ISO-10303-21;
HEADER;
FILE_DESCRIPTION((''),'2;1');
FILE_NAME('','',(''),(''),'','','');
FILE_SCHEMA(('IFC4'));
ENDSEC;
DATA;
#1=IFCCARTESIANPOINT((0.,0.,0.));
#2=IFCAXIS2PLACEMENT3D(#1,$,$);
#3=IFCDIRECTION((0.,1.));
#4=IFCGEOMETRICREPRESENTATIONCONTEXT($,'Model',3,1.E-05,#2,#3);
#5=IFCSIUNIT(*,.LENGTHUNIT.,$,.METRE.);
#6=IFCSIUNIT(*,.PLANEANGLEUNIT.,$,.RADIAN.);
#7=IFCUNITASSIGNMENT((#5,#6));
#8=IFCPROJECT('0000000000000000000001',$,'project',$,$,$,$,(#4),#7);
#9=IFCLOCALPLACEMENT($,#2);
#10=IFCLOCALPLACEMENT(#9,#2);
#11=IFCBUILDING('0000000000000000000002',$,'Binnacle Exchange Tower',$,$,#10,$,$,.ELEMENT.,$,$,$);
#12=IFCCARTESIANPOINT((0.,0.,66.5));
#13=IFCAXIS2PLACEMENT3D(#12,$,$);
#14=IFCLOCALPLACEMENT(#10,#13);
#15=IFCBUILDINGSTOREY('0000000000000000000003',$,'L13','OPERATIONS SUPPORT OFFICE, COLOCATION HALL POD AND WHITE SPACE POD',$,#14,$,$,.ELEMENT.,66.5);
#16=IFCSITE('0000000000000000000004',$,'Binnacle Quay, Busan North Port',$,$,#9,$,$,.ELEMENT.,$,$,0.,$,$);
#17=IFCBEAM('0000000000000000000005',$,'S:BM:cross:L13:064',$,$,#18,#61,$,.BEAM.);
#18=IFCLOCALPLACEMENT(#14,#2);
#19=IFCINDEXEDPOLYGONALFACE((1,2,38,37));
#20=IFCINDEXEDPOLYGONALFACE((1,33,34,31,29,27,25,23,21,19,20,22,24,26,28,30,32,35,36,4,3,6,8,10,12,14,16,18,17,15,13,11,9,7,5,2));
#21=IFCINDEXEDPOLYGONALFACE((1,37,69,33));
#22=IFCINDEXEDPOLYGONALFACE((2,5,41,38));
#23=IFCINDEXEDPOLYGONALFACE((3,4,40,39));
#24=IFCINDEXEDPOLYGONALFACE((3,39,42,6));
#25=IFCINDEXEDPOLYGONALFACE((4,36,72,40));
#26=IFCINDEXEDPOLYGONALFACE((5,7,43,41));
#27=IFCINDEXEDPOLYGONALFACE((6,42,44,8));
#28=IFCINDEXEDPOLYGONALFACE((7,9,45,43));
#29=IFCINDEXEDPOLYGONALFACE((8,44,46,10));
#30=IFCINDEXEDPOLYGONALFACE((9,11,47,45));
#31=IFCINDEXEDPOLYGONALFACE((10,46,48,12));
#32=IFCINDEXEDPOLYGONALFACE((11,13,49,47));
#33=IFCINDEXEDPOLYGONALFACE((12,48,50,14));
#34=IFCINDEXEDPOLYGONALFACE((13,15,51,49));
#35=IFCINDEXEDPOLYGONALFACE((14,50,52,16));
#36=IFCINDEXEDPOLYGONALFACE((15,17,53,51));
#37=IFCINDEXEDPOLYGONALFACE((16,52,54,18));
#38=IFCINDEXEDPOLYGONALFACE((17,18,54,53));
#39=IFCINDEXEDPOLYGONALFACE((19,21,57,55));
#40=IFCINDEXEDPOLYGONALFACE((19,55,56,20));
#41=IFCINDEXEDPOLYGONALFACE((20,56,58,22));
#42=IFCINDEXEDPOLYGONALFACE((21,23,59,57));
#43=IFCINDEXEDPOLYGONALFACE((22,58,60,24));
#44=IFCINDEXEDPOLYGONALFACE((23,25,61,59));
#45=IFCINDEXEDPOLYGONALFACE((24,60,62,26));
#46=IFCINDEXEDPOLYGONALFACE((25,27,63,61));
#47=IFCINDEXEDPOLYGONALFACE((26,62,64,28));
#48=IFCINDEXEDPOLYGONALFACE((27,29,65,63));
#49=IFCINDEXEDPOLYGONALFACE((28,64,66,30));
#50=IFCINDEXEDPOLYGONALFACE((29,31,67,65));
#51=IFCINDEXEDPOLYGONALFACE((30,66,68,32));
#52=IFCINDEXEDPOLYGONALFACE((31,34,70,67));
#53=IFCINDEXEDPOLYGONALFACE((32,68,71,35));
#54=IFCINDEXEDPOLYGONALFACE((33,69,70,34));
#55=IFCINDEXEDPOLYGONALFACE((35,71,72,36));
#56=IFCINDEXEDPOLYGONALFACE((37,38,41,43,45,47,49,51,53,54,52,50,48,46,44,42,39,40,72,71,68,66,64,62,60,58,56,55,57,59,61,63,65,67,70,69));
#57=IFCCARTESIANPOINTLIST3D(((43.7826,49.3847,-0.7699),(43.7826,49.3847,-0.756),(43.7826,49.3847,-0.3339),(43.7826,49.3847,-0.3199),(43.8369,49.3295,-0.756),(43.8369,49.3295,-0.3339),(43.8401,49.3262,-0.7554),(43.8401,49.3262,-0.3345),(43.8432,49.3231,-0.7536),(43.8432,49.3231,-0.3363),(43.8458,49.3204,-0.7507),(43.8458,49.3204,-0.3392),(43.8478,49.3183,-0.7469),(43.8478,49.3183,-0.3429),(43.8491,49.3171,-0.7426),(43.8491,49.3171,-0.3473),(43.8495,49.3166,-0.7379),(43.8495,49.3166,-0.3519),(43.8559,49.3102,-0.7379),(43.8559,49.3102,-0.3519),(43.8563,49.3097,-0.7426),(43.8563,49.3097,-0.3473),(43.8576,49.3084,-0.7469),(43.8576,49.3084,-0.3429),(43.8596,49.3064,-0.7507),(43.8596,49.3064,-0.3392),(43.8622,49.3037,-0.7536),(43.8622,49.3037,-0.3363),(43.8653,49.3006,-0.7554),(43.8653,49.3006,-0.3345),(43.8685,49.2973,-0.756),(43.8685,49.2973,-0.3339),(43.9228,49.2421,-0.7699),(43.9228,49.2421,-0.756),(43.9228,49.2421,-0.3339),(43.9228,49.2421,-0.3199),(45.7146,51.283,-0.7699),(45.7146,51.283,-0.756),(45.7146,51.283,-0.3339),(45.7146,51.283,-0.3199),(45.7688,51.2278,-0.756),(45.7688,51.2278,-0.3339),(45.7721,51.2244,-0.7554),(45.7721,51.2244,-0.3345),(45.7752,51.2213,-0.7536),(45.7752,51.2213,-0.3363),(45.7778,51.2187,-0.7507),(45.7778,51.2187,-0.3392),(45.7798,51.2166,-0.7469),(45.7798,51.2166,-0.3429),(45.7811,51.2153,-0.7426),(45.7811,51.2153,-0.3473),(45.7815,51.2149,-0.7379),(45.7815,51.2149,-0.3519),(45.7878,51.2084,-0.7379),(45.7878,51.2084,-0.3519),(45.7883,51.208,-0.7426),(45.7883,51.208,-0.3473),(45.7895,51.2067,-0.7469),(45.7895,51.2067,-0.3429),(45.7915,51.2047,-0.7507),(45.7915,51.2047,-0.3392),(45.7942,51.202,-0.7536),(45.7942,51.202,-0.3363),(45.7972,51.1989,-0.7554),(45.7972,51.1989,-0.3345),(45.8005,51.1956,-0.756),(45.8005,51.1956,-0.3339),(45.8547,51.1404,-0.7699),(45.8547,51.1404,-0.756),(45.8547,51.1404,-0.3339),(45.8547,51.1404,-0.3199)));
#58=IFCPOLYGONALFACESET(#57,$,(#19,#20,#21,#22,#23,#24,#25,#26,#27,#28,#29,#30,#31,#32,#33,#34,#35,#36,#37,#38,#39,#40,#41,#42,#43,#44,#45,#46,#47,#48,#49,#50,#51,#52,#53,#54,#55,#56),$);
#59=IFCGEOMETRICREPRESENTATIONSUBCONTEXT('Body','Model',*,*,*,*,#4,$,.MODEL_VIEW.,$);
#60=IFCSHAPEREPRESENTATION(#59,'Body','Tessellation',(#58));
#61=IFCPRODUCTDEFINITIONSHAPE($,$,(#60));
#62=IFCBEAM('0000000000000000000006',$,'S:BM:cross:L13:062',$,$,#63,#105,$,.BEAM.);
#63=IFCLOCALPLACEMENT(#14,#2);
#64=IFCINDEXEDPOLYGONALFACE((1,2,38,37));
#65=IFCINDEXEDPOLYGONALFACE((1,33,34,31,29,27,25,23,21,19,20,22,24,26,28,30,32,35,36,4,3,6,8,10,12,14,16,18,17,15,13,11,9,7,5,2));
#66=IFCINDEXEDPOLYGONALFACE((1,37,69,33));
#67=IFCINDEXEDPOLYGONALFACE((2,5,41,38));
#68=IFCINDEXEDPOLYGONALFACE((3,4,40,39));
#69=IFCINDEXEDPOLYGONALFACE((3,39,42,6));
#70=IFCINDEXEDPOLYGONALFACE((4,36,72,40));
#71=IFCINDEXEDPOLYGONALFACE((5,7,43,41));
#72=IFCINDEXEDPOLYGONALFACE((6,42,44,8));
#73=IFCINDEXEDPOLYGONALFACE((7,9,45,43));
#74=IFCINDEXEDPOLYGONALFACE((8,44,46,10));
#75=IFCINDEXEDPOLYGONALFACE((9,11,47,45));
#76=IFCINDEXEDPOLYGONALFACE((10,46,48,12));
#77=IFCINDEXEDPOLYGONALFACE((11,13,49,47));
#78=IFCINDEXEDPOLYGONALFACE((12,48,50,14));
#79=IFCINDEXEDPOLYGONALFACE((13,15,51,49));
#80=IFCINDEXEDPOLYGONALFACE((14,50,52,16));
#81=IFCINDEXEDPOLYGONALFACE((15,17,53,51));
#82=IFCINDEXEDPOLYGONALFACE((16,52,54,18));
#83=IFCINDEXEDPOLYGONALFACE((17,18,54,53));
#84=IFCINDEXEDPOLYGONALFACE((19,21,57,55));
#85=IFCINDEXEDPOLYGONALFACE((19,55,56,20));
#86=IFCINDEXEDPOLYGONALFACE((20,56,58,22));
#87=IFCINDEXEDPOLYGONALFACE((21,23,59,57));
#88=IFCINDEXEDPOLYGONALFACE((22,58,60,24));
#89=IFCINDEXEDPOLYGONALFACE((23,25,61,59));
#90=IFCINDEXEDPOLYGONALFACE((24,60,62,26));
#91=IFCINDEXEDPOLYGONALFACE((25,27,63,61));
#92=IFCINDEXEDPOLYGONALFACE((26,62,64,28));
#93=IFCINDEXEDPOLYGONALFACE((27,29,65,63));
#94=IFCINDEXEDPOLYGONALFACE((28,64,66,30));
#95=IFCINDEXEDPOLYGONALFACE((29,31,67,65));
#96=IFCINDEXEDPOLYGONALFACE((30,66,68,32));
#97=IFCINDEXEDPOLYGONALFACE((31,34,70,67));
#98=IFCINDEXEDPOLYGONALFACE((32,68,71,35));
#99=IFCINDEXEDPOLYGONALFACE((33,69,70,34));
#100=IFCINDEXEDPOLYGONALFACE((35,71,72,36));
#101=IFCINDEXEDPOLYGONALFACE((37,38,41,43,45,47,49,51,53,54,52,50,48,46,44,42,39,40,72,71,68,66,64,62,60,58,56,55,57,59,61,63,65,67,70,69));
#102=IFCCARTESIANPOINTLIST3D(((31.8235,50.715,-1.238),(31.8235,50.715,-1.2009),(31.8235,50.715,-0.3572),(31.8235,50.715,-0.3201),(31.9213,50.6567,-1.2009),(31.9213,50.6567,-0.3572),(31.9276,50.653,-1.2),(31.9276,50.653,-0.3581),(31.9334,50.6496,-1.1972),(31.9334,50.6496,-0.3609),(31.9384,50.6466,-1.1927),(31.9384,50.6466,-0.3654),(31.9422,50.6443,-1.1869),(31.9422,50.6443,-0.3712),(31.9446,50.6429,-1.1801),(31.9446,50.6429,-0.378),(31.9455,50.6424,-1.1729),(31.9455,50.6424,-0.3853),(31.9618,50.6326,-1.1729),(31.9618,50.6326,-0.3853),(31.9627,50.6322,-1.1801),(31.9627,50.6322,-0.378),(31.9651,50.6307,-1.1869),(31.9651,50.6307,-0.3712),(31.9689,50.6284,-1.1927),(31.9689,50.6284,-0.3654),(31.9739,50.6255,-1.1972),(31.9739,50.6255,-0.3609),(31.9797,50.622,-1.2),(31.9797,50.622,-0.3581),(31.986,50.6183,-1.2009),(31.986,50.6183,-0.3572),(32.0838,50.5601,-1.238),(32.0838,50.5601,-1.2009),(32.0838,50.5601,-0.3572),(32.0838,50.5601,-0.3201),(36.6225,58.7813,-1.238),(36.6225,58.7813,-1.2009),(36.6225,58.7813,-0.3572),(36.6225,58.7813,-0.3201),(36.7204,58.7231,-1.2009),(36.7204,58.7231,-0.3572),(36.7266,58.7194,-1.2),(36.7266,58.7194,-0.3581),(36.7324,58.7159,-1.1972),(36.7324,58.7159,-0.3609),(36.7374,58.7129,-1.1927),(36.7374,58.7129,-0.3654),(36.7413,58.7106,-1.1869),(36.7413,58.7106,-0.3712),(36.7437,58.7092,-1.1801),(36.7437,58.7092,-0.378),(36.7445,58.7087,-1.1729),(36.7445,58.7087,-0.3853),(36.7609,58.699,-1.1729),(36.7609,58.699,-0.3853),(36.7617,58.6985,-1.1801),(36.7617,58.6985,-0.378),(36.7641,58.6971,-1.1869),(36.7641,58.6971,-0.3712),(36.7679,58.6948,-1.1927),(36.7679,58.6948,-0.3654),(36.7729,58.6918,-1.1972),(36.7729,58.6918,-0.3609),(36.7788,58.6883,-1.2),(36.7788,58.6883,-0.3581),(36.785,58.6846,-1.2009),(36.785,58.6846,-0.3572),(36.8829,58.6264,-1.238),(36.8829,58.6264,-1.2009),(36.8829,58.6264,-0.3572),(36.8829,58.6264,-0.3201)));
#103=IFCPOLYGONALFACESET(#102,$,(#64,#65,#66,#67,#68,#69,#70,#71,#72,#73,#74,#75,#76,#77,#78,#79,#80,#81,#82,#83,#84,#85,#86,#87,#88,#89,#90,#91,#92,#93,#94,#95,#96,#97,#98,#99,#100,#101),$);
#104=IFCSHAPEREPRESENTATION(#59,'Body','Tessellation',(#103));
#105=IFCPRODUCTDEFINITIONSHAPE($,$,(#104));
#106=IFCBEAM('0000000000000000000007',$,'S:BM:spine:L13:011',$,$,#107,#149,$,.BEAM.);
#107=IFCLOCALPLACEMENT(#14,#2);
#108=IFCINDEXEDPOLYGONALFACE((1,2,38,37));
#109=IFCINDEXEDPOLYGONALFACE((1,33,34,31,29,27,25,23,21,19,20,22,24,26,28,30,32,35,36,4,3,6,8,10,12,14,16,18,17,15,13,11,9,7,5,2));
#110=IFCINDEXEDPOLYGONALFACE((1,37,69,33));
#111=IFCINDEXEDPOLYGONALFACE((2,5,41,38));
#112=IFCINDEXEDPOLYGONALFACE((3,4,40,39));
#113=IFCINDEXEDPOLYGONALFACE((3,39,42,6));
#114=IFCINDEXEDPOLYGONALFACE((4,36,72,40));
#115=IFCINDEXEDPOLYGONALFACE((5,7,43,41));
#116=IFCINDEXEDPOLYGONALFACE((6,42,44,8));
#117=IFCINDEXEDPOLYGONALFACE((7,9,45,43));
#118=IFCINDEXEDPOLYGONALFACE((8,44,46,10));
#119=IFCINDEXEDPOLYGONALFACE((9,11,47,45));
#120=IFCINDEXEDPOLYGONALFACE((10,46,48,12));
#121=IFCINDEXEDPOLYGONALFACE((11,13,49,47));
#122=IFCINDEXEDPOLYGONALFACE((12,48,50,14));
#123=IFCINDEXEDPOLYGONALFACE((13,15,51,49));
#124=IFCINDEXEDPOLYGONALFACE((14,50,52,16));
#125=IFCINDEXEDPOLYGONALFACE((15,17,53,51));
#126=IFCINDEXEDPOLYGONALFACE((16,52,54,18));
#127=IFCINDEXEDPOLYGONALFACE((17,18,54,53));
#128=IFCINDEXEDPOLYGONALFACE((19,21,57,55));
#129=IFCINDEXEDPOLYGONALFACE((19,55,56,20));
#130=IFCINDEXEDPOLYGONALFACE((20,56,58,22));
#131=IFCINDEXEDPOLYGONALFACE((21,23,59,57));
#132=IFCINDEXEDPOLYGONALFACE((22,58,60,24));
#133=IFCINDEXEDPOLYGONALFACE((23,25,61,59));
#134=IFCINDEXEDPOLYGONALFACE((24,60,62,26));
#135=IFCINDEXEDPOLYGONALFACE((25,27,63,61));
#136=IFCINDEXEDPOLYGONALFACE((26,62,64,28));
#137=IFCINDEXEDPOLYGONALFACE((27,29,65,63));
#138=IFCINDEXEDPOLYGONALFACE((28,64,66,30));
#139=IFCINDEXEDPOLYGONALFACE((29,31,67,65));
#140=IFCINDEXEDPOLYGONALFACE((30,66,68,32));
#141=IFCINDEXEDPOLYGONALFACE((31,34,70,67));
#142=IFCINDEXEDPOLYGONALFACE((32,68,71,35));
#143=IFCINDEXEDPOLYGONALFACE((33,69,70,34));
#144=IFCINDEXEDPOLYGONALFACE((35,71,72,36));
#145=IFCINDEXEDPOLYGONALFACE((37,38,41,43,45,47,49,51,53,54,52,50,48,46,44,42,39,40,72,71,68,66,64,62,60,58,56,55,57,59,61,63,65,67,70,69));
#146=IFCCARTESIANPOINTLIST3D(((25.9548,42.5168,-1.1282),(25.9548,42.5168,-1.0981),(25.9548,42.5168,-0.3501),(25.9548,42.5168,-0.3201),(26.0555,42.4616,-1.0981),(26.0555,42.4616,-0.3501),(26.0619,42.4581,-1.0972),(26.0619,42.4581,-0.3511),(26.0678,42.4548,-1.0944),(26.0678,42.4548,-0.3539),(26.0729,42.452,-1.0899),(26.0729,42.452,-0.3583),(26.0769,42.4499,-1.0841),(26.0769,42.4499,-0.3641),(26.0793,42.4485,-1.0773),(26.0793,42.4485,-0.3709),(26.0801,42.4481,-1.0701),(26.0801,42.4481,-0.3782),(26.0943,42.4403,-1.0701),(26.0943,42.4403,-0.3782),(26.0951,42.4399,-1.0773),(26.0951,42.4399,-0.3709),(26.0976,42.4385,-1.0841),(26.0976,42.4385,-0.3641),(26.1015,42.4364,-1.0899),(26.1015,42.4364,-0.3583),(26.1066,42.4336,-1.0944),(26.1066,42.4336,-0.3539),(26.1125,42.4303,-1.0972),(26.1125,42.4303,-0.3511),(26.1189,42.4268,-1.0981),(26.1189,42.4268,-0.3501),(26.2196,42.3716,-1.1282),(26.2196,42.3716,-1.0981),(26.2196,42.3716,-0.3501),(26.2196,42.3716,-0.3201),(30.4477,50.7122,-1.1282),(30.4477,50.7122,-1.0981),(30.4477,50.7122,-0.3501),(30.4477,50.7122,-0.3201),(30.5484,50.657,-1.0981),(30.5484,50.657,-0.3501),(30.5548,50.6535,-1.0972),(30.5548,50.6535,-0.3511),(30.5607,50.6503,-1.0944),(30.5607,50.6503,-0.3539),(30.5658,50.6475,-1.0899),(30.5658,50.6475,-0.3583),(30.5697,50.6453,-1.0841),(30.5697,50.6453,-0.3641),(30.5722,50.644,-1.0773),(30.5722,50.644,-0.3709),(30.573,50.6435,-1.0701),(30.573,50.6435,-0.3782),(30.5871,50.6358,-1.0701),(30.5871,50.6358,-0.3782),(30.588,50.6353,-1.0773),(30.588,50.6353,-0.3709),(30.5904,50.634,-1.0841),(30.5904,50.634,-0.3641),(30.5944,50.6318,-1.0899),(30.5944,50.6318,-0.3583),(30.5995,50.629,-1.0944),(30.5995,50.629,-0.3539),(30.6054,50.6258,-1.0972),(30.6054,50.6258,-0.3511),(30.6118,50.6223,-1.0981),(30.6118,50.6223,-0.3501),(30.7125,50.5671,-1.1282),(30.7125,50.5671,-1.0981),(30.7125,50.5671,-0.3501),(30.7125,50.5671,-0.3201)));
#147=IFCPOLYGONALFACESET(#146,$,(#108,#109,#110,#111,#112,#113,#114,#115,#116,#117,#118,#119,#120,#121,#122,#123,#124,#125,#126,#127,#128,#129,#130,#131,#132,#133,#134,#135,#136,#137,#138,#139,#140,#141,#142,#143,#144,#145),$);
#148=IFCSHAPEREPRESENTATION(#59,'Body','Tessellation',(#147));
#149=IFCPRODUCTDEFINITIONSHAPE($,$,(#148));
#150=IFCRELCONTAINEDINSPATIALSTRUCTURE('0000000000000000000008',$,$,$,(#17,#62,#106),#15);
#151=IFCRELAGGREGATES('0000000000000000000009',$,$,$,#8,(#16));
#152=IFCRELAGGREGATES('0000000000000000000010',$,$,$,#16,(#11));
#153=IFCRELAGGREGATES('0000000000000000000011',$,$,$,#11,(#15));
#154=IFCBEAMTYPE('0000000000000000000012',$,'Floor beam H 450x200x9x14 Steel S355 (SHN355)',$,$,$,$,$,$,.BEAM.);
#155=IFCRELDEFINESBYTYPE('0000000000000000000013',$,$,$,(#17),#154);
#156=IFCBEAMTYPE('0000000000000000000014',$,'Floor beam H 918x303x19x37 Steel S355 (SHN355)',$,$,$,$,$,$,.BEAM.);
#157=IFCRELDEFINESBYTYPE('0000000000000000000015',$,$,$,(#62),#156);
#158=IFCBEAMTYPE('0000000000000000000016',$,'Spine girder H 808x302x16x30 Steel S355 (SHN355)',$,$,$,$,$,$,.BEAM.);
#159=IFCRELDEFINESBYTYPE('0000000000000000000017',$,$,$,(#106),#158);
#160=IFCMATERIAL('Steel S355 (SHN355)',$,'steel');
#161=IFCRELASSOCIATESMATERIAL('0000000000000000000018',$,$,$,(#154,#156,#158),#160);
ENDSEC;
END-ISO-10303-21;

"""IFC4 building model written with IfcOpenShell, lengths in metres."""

from ifc_helpers import new_model, si_unit, direction, frame, origin, origin_2d, place, context, subcontext, project, spatial, i_section, extrude, material, material_profile, profile_set, type_object, element, save


model = new_model("IFC4")

# Units and contexts
model_context = context("Model", 3, precision=1e-05, world=origin(), true_north=direction((0.0, 1.0)))
body_context = subcontext(model_context, "Body", "Model", "MODEL_VIEW")
ifc_project = project(units=[si_unit("LENGTHUNIT", "METRE"), si_unit("PLANEANGLEUNIT", "RADIAN")], contexts=[model_context])

# Site, building, storey
site_placement = place(None, origin())
site = spatial("IfcSite", under=ifc_project, at=site_placement, Name="Binnacle Quay, Busan North Port", CompositionType="ELEMENT", RefElevation=0.0)
building_placement = place(site_placement, origin())
building = spatial("IfcBuilding", under=site, at=building_placement, Name="Binnacle Exchange Tower", CompositionType="ELEMENT")
storey_placement = place(building_placement, frame((0.0, 0.0, 66.5)))
storey = spatial("IfcBuildingStorey", under=building, at=storey_placement, Name="L13", Description="OPERATIONS SUPPORT OFFICE, COLOCATION HALL POD AND WHITE SPACE POD", CompositionType="ELEMENT", Elevation=66.5)

# Beams
ifc_material_1 = material(Name="Steel S355 (SHN355)", Category="steel")
ifc_material_profile_1 = material_profile(ifc_material_1, i_section(OverallWidth=0.2, OverallDepth=0.45, WebThickness=0.009, FlangeThickness=0.0139, FilletRadius=0.0181, at=origin_2d()), Name="H 450x200x9x14")
ifc_profile_set_1 = profile_set([ifc_material_profile_1], Name="Steel S355 (SHN355)")
beam_type_1 = type_object("IfcBeamType", Name="Floor beam H 450x200x9x14 Steel S355 (SHN355)", PredefinedType="BEAM", material=ifc_profile_set_1)
beam_1_placement = place(storey_placement, frame((45.7847, 51.2117, -0.5449), z_axis=(-0.713299, -0.70086, 0.0), x_axis=(0.70086, -0.713299, 0.0)))
element("IfcBeam", 1, at=beam_1_placement, inside=storey, type_object=beam_type_1, Name="S:BM:cross:L13:064", PredefinedType="BEAM", context=body_context, shape_type="SweptSolid", body=[
    extrude(i_section(OverallWidth=0.2, OverallDepth=0.45, WebThickness=0.009, FlangeThickness=0.0139, FilletRadius=0.0181, at=origin_2d()), origin(), (0.0, 0.0, 1.0), 2.7085),
])
ifc_material_profile_2 = material_profile(ifc_material_1, i_section(OverallWidth=0.303, OverallDepth=0.918, WebThickness=0.019, FlangeThickness=0.0371, FilletRadius=0.0281, at=origin_2d()), Name="H 918x303x19x37")
ifc_profile_set_2 = profile_set([ifc_material_profile_2], Name="Steel S355 (SHN355)")
beam_type_2 = type_object("IfcBeamType", Name="Floor beam H 918x303x19x37 Steel S355 (SHN355)", PredefinedType="BEAM", material=ifc_profile_set_2)
beam_2_placement = place(storey_placement, frame((36.7527, 58.7039, -0.7791), z_axis=(-0.511298, -0.859403, 0.0), x_axis=(0.859403, -0.511298, 0.0)))
element("IfcBeam", 2, at=beam_2_placement, inside=storey, type_object=beam_type_2, Name="S:BM:cross:L13:062", PredefinedType="BEAM", context=body_context, shape_type="SweptSolid", body=[
    extrude(i_section(OverallWidth=0.303, OverallDepth=0.918, WebThickness=0.019, FlangeThickness=0.0371, FilletRadius=0.0281, at=origin_2d()), origin(), (0.0, 0.0, 1.0), 9.386),
])
ifc_material_profile_3 = material_profile(ifc_material_1, i_section(OverallWidth=0.302, OverallDepth=0.8081, WebThickness=0.0161, FlangeThickness=0.03, FilletRadius=0.0281, at=origin_2d()), Name="H 808x302x16x30")
ifc_profile_set_3 = profile_set([ifc_material_profile_3], Name="Steel S355 (SHN355)")
beam_type_3 = type_object("IfcBeamType", Name="Spine girder H 808x302x16x30 Steel S355 (SHN355)", PredefinedType="BEAM", material=ifc_profile_set_3)
beam_3_placement = place(storey_placement, frame((30.5801, 50.6396, -0.7241), z_axis=(-0.480716, -0.876876, 0.0), x_axis=(0.876876, -0.480716, 0.0)))
element("IfcBeam", 3, at=beam_3_placement, inside=storey, type_object=beam_type_3, Name="S:BM:spine:L13:011", PredefinedType="BEAM", context=body_context, shape_type="SweptSolid", body=[
    extrude(i_section(OverallWidth=0.302, OverallDepth=0.8081, WebThickness=0.0161, FlangeThickness=0.03, FilletRadius=0.0281, at=origin_2d()), origin(), (0.0, 0.0, 1.0), 9.3462),
])

save(model, "model.ifc")
